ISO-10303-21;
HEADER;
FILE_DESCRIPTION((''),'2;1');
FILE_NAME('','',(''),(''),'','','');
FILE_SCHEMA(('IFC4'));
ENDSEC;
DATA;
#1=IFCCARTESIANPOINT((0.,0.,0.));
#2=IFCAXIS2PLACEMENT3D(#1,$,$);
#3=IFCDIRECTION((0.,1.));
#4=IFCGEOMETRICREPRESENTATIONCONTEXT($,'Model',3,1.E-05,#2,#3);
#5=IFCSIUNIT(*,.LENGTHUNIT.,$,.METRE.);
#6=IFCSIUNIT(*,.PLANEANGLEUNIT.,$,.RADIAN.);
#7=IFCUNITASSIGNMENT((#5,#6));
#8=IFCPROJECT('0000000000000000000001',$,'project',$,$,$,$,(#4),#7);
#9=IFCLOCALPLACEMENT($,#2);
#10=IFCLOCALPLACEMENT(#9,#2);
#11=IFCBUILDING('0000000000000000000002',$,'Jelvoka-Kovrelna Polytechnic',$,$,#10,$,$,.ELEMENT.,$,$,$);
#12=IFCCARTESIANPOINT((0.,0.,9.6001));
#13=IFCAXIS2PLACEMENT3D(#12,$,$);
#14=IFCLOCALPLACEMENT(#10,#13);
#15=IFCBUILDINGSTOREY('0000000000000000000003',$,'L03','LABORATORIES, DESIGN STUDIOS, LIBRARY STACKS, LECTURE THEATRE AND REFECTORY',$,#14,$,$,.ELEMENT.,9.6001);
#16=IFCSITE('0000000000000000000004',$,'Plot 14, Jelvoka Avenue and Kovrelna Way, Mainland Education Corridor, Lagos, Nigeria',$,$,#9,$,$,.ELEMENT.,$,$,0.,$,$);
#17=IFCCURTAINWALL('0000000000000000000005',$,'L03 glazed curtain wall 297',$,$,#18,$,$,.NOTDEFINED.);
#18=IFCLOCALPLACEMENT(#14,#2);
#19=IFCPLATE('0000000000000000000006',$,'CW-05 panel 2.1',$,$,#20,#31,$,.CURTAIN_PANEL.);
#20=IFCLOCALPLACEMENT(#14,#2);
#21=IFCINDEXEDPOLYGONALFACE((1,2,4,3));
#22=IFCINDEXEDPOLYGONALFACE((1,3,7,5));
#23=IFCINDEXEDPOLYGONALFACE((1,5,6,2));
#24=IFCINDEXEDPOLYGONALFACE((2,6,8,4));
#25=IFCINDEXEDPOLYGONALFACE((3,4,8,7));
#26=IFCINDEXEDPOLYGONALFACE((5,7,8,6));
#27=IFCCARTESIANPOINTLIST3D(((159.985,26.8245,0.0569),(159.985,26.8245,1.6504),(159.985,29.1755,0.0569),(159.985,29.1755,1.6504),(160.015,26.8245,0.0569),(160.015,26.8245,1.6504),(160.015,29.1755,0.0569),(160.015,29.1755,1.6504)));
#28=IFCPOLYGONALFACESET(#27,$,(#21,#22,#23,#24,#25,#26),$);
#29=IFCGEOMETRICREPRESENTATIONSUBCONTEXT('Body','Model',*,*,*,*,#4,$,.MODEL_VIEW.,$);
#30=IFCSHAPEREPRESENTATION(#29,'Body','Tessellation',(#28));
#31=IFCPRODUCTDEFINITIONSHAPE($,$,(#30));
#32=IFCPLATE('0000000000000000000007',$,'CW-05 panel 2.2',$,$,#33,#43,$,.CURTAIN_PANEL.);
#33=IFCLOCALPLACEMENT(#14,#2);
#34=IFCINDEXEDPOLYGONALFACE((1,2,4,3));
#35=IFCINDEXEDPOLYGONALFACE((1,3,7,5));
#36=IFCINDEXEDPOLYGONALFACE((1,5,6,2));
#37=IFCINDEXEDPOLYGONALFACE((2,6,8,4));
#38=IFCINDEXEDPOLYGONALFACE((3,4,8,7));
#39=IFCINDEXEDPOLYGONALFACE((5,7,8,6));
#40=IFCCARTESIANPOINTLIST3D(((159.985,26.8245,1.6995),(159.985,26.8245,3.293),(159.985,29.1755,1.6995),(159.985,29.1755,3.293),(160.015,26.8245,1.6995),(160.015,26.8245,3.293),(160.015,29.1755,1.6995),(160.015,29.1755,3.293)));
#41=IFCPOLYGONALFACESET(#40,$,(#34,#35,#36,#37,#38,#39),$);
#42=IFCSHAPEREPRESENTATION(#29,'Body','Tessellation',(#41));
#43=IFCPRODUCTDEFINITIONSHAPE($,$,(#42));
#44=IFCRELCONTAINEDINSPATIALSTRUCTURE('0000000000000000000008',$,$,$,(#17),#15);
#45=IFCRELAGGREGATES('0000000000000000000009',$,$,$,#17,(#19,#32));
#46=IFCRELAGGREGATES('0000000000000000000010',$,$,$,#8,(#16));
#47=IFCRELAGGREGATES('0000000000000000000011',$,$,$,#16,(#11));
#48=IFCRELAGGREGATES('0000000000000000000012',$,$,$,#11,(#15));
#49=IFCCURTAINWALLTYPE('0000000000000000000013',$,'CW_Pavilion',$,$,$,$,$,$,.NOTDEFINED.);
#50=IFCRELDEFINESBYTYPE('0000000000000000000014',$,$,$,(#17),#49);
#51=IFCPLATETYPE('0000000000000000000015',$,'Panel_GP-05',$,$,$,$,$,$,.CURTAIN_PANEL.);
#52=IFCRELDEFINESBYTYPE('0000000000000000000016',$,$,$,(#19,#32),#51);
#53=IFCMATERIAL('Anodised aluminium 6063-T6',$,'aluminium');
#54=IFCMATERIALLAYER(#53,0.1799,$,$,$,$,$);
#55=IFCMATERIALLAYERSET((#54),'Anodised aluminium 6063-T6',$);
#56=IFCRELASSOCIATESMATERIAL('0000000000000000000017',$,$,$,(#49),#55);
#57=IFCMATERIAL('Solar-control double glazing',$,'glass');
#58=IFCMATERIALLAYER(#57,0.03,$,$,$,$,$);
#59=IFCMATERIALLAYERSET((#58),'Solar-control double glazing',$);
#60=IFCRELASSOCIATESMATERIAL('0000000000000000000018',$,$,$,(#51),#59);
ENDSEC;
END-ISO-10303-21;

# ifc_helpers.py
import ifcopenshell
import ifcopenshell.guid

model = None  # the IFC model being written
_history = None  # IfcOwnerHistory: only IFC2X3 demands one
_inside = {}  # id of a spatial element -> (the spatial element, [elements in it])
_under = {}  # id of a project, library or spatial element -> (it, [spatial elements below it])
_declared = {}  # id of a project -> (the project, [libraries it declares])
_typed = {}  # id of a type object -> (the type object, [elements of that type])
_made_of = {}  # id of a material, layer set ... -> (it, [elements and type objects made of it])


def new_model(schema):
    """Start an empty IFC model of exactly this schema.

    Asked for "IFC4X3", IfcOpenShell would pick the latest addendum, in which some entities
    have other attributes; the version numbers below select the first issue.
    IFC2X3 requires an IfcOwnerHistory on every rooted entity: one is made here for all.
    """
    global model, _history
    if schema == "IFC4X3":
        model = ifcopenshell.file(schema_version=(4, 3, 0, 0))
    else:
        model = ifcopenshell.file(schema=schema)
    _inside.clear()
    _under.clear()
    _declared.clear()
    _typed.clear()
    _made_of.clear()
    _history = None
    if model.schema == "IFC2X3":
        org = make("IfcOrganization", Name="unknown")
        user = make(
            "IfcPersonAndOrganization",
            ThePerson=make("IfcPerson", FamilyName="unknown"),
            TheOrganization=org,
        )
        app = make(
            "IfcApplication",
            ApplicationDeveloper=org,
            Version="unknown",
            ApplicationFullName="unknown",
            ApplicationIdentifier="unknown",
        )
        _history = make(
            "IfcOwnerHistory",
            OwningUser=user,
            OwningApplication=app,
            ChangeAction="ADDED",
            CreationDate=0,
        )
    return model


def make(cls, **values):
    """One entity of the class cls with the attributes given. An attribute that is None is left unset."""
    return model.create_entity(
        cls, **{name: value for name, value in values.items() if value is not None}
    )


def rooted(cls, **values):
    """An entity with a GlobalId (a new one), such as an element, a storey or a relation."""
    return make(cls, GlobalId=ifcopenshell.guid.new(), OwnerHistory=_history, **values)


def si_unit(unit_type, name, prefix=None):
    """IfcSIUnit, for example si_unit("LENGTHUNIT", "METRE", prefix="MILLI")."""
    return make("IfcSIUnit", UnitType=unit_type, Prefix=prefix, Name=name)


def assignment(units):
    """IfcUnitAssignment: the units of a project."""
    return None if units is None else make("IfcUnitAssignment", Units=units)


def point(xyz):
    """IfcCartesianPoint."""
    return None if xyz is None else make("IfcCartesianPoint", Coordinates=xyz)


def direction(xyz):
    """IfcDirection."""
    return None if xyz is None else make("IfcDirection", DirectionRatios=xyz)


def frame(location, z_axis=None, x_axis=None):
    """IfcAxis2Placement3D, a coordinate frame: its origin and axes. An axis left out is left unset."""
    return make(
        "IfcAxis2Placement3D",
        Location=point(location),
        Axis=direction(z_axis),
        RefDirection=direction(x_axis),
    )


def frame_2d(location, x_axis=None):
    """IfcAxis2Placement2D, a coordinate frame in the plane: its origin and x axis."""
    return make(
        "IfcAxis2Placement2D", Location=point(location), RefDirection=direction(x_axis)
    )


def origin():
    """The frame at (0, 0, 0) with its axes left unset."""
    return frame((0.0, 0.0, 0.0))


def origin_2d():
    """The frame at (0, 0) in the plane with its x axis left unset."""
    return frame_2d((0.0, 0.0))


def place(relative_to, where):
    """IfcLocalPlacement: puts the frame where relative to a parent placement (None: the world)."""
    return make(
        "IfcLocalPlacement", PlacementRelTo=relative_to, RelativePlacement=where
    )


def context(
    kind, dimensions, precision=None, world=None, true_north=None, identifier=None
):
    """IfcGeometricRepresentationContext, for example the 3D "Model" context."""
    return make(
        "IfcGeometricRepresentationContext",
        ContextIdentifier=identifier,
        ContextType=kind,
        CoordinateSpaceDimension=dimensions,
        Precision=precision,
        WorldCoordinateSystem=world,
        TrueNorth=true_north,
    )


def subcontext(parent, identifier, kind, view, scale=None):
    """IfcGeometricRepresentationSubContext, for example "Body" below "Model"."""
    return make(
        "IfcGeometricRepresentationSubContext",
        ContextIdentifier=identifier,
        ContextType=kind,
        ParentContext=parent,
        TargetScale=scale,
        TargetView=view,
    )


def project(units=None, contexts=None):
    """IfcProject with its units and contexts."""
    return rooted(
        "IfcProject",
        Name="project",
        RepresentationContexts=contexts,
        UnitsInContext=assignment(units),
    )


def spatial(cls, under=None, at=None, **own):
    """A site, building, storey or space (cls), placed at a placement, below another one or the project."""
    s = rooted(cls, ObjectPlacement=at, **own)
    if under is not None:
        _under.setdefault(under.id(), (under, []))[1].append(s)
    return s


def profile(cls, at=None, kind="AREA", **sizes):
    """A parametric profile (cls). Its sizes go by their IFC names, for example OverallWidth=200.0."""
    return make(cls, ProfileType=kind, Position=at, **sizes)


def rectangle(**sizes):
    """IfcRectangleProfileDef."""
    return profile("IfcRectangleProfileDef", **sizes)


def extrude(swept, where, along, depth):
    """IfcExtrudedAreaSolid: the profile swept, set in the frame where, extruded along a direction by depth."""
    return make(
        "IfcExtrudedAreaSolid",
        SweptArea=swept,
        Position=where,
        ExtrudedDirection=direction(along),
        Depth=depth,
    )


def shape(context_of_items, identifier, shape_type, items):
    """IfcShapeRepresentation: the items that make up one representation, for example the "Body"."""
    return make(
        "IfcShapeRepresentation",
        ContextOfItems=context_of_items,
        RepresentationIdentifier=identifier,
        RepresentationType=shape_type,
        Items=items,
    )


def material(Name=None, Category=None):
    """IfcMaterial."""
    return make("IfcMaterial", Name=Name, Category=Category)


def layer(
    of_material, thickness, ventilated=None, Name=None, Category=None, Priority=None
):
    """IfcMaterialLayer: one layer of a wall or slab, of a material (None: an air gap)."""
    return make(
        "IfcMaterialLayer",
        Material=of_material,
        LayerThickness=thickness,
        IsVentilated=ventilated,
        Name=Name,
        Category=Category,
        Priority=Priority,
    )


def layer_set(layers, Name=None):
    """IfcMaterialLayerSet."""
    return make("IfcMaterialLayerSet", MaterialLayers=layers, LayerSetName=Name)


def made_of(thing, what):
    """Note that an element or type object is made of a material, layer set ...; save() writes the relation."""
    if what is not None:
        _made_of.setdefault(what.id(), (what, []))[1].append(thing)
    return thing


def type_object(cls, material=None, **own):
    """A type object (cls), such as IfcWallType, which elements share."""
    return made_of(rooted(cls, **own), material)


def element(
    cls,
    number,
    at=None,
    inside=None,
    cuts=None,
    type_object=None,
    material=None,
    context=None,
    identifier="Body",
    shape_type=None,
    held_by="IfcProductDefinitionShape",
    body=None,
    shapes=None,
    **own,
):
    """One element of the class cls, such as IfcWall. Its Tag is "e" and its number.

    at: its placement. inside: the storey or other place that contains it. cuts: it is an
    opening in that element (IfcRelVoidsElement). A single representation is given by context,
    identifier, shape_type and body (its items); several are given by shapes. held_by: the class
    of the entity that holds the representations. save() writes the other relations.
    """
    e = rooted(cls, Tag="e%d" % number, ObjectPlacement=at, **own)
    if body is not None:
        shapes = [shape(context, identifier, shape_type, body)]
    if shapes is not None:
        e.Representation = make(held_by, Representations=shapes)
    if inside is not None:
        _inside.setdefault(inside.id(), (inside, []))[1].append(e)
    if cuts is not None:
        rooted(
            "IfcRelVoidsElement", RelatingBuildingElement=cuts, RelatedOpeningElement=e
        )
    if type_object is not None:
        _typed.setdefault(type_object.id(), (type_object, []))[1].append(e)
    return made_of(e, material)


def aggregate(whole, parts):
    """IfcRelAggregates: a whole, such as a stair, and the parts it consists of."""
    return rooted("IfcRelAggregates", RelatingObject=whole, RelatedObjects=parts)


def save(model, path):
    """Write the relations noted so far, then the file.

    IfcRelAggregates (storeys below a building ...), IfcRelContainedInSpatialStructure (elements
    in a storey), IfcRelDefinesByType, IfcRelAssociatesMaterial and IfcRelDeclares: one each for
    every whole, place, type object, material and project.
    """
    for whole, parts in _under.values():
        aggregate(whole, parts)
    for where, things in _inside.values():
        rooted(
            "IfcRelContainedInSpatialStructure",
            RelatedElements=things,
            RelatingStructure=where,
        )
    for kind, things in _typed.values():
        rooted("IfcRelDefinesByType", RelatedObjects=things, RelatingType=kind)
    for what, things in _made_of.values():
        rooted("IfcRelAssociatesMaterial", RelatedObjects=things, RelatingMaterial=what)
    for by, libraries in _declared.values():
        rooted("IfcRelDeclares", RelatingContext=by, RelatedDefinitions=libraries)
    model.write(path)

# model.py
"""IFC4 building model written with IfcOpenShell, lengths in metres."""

from ifc_helpers import new_model, si_unit, direction, frame, origin, origin_2d, place, context, subcontext, project, spatial, rectangle, extrude, material, layer, layer_set, type_object, element, aggregate, save


model = new_model("IFC4")

# Units and contexts
model_context = context("Model", 3, precision=1e-05, world=origin(), true_north=direction((0.0, 1.0)))
body_context = subcontext(model_context, "Body", "Model", "MODEL_VIEW")
ifc_project = project(units=[si_unit("LENGTHUNIT", "METRE"), si_unit("PLANEANGLEUNIT", "RADIAN")], contexts=[model_context])

# Site, building, storey
site_placement = place(None, origin())
site = spatial("IfcSite", under=ifc_project, at=site_placement, Name="Plot 14, Jelvoka Avenue and Kovrelna Way, Mainland Education Corridor, Lagos, Nigeria", CompositionType="ELEMENT", RefElevation=0.0)
building_placement = place(site_placement, origin())
building = spatial("IfcBuilding", under=site, at=building_placement, Name="Jelvoka-Kovrelna Polytechnic", CompositionType="ELEMENT")
storey_placement = place(building_placement, frame((0.0, 0.0, 9.6001)))
storey = spatial("IfcBuildingStorey", under=building, at=storey_placement, Name="L03", Description="LABORATORIES, DESIGN STUDIOS, LIBRARY STACKS, LECTURE THEATRE AND REFECTORY", CompositionType="ELEMENT", Elevation=9.6001)

# Curtain wall
ifc_material_1 = material(Name="Anodised aluminium 6063-T6", Category="aluminium")
ifc_layer_1 = layer(ifc_material_1, 0.1799)
ifc_layer_set_1 = layer_set([ifc_layer_1], Name="Anodised aluminium 6063-T6")
curtain_wall_type = type_object("IfcCurtainWallType", Name="CW_Pavilion", PredefinedType="NOTDEFINED", material=ifc_layer_set_1)
curtain_wall_1_placement = place(storey_placement, origin())
curtain_wall_1 = element("IfcCurtainWall", 1, at=curtain_wall_1_placement, inside=storey, type_object=curtain_wall_type, Name="L03 glazed curtain wall 297", PredefinedType="NOTDEFINED")

# Plates
ifc_material_2 = material(Name="Solar-control double glazing", Category="glass")
ifc_layer_2 = layer(ifc_material_2, 0.03)
ifc_layer_set_2 = layer_set([ifc_layer_2], Name="Solar-control double glazing")
plate_type = type_object("IfcPlateType", Name="Panel_GP-05", PredefinedType="CURTAIN_PANEL", material=ifc_layer_set_2)
plate_1_placement = place(storey_placement, frame((160.0, 28.0, 0.0569), z_axis=(0.0, 0.0, 1.0), x_axis=(0.0, 1.0, 0.0)))
plate_1 = element("IfcPlate", 2, at=plate_1_placement, type_object=plate_type, Name="CW-05 panel 2.1", PredefinedType="CURTAIN_PANEL", context=body_context, shape_type="SweptSolid", body=[
    extrude(rectangle(XDim=2.3511, YDim=0.03, at=origin_2d()), origin(), (0.0, 0.0, 1.0), 1.5935),
])
plate_2_placement = place(storey_placement, frame((160.0, 28.0, 1.6995), z_axis=(0.0, 0.0, 1.0), x_axis=(0.0, 1.0, 0.0)))
plate_2 = element("IfcPlate", 3, at=plate_2_placement, type_object=plate_type, Name="CW-05 panel 2.2", PredefinedType="CURTAIN_PANEL", context=body_context, shape_type="SweptSolid", body=[
    extrude(rectangle(XDim=2.3511, YDim=0.03, at=origin_2d()), origin(), (0.0, 0.0, 1.0), 1.5935),
])
aggregate(curtain_wall_1, [plate_1, plate_2])

save(model, "model.ifc")
